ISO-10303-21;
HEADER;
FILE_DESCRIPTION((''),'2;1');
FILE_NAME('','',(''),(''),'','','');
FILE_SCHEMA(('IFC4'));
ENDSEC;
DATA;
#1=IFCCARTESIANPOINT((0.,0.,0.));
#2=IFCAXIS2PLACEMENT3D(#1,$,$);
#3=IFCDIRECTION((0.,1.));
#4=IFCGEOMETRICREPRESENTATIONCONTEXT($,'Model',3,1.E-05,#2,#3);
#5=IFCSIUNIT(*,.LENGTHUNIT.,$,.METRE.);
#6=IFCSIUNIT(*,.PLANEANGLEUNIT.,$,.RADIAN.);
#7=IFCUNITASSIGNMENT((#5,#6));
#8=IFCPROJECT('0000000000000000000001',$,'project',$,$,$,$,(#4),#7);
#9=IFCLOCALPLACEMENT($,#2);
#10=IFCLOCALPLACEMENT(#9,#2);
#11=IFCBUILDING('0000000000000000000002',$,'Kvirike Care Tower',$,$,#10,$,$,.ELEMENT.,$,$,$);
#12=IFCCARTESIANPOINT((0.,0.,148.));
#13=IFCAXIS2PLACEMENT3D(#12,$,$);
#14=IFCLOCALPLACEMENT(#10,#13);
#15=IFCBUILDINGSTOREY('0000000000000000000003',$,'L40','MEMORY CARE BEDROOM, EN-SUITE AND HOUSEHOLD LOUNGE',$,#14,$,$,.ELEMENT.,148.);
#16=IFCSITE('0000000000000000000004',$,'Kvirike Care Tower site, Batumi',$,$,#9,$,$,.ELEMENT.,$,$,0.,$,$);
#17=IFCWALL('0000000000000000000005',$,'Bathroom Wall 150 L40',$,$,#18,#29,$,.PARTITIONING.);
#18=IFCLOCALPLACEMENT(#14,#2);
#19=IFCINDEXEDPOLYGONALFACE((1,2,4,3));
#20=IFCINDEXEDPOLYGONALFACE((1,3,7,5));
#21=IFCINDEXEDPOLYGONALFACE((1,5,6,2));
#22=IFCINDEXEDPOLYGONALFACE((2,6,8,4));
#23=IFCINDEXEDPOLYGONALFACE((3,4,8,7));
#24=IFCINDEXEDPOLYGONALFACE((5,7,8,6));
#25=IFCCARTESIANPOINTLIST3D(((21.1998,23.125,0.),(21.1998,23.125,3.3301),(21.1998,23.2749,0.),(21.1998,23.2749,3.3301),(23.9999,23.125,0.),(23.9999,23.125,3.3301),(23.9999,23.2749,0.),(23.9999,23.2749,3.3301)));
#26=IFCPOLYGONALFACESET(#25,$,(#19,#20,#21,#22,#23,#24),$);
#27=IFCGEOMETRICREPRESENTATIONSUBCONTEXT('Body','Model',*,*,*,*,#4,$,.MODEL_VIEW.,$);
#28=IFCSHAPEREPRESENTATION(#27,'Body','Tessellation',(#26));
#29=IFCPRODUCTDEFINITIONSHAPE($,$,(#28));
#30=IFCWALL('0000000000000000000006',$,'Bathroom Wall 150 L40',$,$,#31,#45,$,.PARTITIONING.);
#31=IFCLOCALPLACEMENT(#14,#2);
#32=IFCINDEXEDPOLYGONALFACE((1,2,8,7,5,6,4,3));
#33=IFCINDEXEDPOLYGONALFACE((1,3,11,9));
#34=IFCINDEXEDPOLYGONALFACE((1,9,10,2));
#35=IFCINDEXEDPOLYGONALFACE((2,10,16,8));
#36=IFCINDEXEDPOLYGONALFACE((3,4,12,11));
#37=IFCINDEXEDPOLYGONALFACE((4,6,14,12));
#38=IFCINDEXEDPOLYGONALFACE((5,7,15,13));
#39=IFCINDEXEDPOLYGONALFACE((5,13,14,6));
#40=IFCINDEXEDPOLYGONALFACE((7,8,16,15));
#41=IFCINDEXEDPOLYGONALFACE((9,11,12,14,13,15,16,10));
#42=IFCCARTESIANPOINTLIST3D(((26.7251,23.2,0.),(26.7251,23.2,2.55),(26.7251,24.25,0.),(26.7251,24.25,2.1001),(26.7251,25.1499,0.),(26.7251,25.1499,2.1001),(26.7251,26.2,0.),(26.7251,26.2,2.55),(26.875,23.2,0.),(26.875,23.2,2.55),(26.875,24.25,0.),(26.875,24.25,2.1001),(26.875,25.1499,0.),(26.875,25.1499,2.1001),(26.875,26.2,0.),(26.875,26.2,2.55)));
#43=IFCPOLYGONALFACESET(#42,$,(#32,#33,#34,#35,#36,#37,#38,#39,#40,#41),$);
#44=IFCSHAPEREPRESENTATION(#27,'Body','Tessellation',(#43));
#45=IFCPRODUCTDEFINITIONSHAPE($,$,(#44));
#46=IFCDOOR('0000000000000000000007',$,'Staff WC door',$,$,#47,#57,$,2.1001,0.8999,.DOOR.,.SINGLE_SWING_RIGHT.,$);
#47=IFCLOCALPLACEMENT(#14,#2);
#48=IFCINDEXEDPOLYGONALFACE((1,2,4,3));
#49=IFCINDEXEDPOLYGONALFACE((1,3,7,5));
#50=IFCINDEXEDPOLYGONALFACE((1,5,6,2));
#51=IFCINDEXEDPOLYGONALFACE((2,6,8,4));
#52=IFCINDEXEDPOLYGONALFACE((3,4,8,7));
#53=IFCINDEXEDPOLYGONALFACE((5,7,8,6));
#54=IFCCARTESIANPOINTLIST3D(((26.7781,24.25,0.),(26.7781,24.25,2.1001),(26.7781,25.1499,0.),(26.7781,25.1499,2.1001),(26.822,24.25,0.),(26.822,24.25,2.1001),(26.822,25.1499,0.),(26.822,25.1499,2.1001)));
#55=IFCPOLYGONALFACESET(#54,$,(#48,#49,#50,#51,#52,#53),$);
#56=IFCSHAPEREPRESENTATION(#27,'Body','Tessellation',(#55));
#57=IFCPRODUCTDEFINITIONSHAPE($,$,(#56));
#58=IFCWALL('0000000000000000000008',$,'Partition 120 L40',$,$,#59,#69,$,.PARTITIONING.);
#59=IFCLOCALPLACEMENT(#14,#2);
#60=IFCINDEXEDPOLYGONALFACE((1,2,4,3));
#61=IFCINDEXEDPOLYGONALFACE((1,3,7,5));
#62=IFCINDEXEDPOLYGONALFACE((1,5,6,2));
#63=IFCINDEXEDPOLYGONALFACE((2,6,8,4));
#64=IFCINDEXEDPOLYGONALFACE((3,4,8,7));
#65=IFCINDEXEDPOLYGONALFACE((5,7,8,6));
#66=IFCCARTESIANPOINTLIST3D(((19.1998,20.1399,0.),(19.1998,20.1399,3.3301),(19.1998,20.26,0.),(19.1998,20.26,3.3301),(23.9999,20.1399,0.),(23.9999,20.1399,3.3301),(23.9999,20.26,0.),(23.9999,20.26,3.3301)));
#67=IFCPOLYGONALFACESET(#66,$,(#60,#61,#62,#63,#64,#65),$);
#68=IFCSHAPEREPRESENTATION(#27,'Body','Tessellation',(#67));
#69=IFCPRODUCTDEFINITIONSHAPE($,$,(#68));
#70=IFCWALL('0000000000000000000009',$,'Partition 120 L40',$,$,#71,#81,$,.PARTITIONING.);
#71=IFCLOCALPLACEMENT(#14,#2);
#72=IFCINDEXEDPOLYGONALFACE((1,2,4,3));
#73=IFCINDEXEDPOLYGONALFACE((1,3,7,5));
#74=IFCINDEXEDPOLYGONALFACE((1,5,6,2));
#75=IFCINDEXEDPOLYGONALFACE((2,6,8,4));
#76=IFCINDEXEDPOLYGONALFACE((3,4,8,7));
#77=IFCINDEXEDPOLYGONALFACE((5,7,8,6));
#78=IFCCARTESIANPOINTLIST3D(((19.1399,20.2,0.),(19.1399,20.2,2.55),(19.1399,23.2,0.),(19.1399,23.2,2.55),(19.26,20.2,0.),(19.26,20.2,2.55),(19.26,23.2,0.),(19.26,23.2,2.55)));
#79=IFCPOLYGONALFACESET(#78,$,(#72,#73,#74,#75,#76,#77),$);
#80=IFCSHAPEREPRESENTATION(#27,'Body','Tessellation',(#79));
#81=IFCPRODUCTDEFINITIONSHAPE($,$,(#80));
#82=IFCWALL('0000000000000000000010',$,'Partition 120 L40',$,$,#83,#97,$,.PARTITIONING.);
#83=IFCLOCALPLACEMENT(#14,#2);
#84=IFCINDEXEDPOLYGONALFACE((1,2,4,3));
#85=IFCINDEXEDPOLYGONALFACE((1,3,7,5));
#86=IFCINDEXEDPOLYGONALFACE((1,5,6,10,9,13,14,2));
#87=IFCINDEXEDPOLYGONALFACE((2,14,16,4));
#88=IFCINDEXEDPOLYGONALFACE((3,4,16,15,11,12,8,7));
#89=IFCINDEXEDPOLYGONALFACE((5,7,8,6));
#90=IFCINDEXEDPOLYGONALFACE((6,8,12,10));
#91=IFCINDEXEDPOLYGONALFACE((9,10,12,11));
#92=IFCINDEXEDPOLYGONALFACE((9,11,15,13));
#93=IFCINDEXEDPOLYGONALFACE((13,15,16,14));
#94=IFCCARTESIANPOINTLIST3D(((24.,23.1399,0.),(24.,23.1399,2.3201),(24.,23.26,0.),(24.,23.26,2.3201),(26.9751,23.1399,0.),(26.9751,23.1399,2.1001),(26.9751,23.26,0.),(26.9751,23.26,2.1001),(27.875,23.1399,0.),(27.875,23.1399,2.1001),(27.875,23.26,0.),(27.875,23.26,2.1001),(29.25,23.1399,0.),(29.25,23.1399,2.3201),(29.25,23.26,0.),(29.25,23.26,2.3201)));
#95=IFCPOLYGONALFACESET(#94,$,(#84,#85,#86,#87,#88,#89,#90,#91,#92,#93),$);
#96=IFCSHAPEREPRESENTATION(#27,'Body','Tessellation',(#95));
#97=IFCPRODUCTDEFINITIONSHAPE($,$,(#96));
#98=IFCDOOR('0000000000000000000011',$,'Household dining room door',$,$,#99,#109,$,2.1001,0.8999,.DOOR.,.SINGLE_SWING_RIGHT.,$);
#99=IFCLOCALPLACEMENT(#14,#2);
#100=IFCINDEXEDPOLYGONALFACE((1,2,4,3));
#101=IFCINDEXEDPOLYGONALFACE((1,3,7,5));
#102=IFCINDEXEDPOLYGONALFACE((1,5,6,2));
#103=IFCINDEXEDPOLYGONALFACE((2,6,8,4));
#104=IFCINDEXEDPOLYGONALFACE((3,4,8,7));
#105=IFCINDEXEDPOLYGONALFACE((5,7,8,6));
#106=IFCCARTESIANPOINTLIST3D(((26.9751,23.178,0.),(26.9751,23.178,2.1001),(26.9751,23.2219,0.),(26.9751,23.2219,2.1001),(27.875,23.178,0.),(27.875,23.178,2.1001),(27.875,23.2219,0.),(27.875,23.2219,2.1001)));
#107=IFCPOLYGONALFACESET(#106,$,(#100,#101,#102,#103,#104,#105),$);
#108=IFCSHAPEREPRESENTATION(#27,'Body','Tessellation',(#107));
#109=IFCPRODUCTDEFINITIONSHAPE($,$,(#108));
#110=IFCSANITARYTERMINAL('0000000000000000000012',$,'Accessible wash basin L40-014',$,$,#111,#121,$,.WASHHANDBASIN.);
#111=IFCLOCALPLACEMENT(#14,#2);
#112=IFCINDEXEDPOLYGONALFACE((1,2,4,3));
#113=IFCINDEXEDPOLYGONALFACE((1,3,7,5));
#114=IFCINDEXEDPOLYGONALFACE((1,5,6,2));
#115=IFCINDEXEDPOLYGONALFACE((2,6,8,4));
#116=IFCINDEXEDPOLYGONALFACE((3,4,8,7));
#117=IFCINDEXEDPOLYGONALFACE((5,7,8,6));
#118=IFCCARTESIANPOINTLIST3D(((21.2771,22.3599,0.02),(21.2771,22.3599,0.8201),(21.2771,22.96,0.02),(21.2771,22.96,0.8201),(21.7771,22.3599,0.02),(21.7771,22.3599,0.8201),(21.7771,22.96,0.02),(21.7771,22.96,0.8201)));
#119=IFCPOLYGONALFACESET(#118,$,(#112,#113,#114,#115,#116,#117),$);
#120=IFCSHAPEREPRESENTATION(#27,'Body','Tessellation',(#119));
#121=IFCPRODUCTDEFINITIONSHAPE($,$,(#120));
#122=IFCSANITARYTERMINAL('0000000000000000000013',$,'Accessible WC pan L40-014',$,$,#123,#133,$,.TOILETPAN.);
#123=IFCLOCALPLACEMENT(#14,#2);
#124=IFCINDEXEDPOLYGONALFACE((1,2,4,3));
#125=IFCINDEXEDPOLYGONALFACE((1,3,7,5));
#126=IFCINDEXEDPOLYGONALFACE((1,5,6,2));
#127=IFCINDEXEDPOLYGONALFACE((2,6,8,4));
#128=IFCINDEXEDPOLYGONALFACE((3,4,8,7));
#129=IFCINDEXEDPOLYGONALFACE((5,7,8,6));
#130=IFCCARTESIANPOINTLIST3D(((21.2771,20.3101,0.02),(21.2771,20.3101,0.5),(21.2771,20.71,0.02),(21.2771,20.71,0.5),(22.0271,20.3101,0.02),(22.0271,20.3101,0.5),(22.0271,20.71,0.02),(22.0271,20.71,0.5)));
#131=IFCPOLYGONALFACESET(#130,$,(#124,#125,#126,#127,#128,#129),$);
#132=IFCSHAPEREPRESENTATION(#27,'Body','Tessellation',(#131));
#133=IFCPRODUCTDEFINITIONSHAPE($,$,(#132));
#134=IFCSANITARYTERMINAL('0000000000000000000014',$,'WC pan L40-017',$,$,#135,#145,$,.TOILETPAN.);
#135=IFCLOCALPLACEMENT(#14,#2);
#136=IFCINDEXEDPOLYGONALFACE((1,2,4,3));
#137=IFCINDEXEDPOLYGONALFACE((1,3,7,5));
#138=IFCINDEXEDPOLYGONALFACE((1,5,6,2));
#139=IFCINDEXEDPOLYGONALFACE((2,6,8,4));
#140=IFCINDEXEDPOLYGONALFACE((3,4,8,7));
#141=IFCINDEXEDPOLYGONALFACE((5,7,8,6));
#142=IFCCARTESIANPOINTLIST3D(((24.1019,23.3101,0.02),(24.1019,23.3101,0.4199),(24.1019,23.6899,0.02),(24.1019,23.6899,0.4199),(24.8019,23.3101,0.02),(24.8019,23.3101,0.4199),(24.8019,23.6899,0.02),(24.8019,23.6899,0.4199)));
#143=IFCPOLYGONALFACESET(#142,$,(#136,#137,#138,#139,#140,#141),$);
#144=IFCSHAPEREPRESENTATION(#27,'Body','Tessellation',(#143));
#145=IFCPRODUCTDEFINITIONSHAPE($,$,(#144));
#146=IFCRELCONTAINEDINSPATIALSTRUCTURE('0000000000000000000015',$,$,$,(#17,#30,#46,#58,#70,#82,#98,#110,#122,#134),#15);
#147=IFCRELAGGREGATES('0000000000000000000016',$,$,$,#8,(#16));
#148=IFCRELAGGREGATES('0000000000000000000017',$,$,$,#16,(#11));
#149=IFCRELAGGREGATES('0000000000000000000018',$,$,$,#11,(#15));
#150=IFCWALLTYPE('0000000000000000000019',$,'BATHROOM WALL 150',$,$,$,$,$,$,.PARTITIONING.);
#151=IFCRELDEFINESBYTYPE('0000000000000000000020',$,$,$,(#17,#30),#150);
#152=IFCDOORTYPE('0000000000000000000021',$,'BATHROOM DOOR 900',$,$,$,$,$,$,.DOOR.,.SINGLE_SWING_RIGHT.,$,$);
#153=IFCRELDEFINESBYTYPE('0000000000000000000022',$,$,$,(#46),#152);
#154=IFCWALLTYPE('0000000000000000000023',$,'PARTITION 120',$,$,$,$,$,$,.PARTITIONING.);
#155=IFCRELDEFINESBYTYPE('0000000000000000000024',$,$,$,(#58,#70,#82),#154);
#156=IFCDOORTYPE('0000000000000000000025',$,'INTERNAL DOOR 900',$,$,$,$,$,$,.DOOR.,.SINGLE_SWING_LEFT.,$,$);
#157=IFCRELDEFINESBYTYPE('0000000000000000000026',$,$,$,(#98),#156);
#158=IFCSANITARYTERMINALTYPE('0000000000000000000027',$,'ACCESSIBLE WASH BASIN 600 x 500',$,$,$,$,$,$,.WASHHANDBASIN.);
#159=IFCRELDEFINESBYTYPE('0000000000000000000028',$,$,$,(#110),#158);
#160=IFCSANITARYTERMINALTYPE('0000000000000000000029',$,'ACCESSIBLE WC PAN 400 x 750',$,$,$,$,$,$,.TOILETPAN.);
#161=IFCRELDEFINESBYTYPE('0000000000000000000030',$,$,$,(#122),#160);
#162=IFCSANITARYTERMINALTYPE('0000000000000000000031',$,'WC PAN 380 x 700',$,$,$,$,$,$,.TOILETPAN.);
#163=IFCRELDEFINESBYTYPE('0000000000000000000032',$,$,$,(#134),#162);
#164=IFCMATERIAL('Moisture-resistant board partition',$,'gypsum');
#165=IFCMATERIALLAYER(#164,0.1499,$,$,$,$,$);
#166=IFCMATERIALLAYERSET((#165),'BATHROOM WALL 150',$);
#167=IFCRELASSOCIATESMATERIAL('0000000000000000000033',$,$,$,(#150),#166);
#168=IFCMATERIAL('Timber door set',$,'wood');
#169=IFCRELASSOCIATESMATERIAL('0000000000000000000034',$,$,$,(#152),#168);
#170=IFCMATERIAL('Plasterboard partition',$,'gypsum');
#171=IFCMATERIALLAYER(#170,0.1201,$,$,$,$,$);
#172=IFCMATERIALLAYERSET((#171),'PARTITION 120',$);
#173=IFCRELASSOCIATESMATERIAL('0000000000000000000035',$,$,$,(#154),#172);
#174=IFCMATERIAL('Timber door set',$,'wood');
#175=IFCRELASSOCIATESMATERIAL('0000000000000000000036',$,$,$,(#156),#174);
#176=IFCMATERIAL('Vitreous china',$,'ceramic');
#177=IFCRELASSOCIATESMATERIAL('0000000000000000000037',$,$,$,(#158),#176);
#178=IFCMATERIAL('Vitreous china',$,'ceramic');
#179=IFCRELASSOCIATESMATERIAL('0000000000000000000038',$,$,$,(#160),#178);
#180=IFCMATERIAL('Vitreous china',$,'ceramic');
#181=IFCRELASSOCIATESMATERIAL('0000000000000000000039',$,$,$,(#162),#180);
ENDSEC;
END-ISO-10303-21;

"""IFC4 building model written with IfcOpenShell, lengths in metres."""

from ifc_helpers import new_model, si_unit, direction, frame, frame_2d, origin, origin_2d, place, context, subcontext, project, spatial, rectangle, extrude, material, layer, layer_set, type_object, element, fill, save


model = new_model("IFC4")

# Units and contexts
model_context = context("Model", 3, precision=1e-05, world=origin(), true_north=direction((0.0, 1.0)))
body_context = subcontext(model_context, "Body", "Model", "MODEL_VIEW")
ifc_project = project(units=[si_unit("LENGTHUNIT", "METRE"), si_unit("PLANEANGLEUNIT", "RADIAN")], contexts=[model_context])

# Site, building, storey
site_placement = place(None, origin())
site = spatial("IfcSite", under=ifc_project, at=site_placement, Name="Kvirike Care Tower site, Batumi", CompositionType="ELEMENT", RefElevation=0.0)
building_placement = place(site_placement, origin())
building = spatial("IfcBuilding", under=site, at=building_placement, Name="Kvirike Care Tower", CompositionType="ELEMENT")
storey_placement = place(building_placement, frame((0.0, 0.0, 148.0)))
storey = spatial("IfcBuildingStorey", under=building, at=storey_placement, Name="L40", Description="MEMORY CARE BEDROOM, EN-SUITE AND HOUSEHOLD LOUNGE", CompositionType="ELEMENT", Elevation=148.0)

# Shared definitions
ifc_material_1 = material(Name="Moisture-resistant board partition", Category="gypsum")
ifc_layer_1 = layer(ifc_material_1, 0.1499)
ifc_layer_set_1 = layer_set([ifc_layer_1], Name="BATHROOM WALL 150")
wall_type_1 = type_object("IfcWallType", Name="BATHROOM WALL 150", PredefinedType="PARTITIONING", material=ifc_layer_set_1)
ifc_material_2 = material(Name="Timber door set", Category="wood")
door_type_1 = type_object("IfcDoorType", Name="BATHROOM DOOR 900", OperationType="SINGLE_SWING_RIGHT", PredefinedType="DOOR", material=ifc_material_2)

# Wall
wall_1_placement = place(storey_placement, frame((21.2, 23.2, 0.0), z_axis=(0.0, 0.0, 1.0), x_axis=(1.0, 0.0, 0.0)))
element("IfcWall", 1, at=wall_1_placement, inside=storey, type_object=wall_type_1, Name="Bathroom Wall 150 L40", PredefinedType="PARTITIONING", context=body_context, shape_type="SweptSolid", body=[
    extrude(rectangle(XDim=2.8, YDim=0.1499, at=frame_2d((1.3999, 0.0))), origin(), (0.0, 0.0, 1.0), 3.3301),
])

# Wall, opening, door
wall_2_placement = place(storey_placement, frame((26.8, 23.2, 0.0), z_axis=(0.0, 0.0, 1.0), x_axis=(0.0, 1.0, 0.0)))
wall_2 = element("IfcWall", 2, at=wall_2_placement, inside=storey, type_object=wall_type_1, Name="Bathroom Wall 150 L40", PredefinedType="PARTITIONING", context=body_context, shape_type="SweptSolid", body=[
    extrude(rectangle(XDim=3.0, YDim=0.1499, at=frame_2d((1.5, 0.0))), origin(), (0.0, 0.0, 1.0), 2.55),
])
opening_1_placement = place(wall_2_placement, frame((1.05, 0.0, 0.0)))
opening_1 = element("IfcOpeningElement", 3, at=opening_1_placement, cuts=wall_2, PredefinedType="OPENING", context=body_context, shape_type="SweptSolid", body=[
    extrude(rectangle(XDim=0.8999, YDim=2.1001, at=frame_2d((0.45, 1.05))), frame((0.0, 0.0854, 0.0), z_axis=(0.0, -1.0, 0.0), x_axis=(1.0, 0.0, 0.0)), (0.0, 0.0, 1.0), 0.1709),
])
door_1_placement = place(opening_1_placement, frame((0.8999, 0.0, 0.0), z_axis=(0.0, 0.0, 1.0), x_axis=(-1.0, 0.0, 0.0)))
door_1 = element("IfcDoor", 4, at=door_1_placement, inside=storey, type_object=door_type_1, Name="Staff WC door", OperationType="SINGLE_SWING_RIGHT", OverallHeight=2.1001, OverallWidth=0.8999, PredefinedType="DOOR", context=body_context, shape_type="SweptSolid", body=[
    extrude(rectangle(XDim=0.8999, YDim=2.1001, at=frame_2d((0.45, 1.05))), frame((0.0, 0.022, 0.0), z_axis=(0.0, -1.0, 0.0), x_axis=(1.0, 0.0, 0.0)), (0.0, 0.0, 1.0), 0.0439),
])
fill(opening_1, door_1)

# Walls
ifc_material_3 = material(Name="Plasterboard partition", Category="gypsum")
ifc_layer_2 = layer(ifc_material_3, 0.1201)
ifc_layer_set_2 = layer_set([ifc_layer_2], Name="PARTITION 120")
wall_type_2 = type_object("IfcWallType", Name="PARTITION 120", PredefinedType="PARTITIONING", material=ifc_layer_set_2)
wall_3_placement = place(storey_placement, frame((19.2, 20.2, 0.0), z_axis=(0.0, 0.0, 1.0), x_axis=(1.0, 0.0, 0.0)))
element("IfcWall", 5, at=wall_3_placement, inside=storey, type_object=wall_type_2, Name="Partition 120 L40", PredefinedType="PARTITIONING", context=body_context, shape_type="SweptSolid", body=[
    extrude(rectangle(XDim=4.8, YDim=0.1201, at=frame_2d((2.3999, 0.0))), origin(), (0.0, 0.0, 1.0), 3.3301),
])
wall_4_placement = place(storey_placement, frame((19.2, 20.2, 0.0), z_axis=(0.0, 0.0, 1.0), x_axis=(0.0, 1.0, 0.0)))
element("IfcWall", 6, at=wall_4_placement, inside=storey, type_object=wall_type_2, Name="Partition 120 L40", PredefinedType="PARTITIONING", context=body_context, shape_type="SweptSolid", body=[
    extrude(rectangle(XDim=3.0, YDim=0.1201, at=frame_2d((1.5, 0.0))), origin(), (0.0, 0.0, 1.0), 2.55),
])

# Wall, opening, door
wall_5_placement = place(storey_placement, frame((24.0, 23.2, 0.0), z_axis=(0.0, 0.0, 1.0), x_axis=(1.0, 0.0, 0.0)))
wall_5 = element("IfcWall", 7, at=wall_5_placement, inside=storey, type_object=wall_type_2, Name="Partition 120 L40", PredefinedType="PARTITIONING", context=body_context, shape_type="SweptSolid", body=[
    extrude(rectangle(XDim=5.25, YDim=0.1201, at=frame_2d((2.625, 0.0))), origin(), (0.0, 0.0, 1.0), 2.3201),
])
opening_2_placement = place(wall_5_placement, frame((2.9751, 0.0, 0.0)))
opening_2 = element("IfcOpeningElement", 8, at=opening_2_placement, cuts=wall_5, PredefinedType="OPENING", context=body_context, shape_type="SweptSolid", body=[
    extrude(rectangle(XDim=0.8999, YDim=2.1001, at=frame_2d((0.45, 1.05))), frame((0.0, 0.0706, 0.0), z_axis=(0.0, -1.0, 0.0), x_axis=(1.0, 0.0, 0.0)), (0.0, 0.0, 1.0), 0.1411),
])
ifc_material_4 = material(Name="Timber door set", Category="wood")
door_type_2 = type_object("IfcDoorType", Name="INTERNAL DOOR 900", OperationType="SINGLE_SWING_LEFT", PredefinedType="DOOR", material=ifc_material_4)
door_2_placement = place(opening_2_placement, origin())
door_2 = element("IfcDoor", 9, at=door_2_placement, inside=storey, type_object=door_type_2, Name="Household dining room door", OperationType="SINGLE_SWING_RIGHT", OverallHeight=2.1001, OverallWidth=0.8999, PredefinedType="DOOR", context=body_context, shape_type="SweptSolid", body=[
    extrude(rectangle(XDim=0.8999, YDim=2.1001, at=frame_2d((0.45, 1.05))), frame((0.0, 0.022, 0.0), z_axis=(0.0, -1.0, 0.0), x_axis=(1.0, 0.0, 0.0)), (0.0, 0.0, 1.0), 0.0439),
])
fill(opening_2, door_2)

# Sanitary terminals
ifc_material_5 = material(Name="Vitreous china", Category="ceramic")
sanitary_terminal_type_1 = type_object("IfcSanitaryTerminalType", Name="ACCESSIBLE WASH BASIN 600 x 500", PredefinedType="WASHHANDBASIN", material=ifc_material_5)
sanitary_terminal_1_placement = place(storey_placement, frame((21.5271, 22.6599, 0.02), z_axis=(0.0, 0.0, 1.0), x_axis=(0.0, 1.0, 0.0)))
element("IfcSanitaryTerminal", 10, at=sanitary_terminal_1_placement, inside=storey, type_object=sanitary_terminal_type_1, Name="Accessible wash basin L40-014", PredefinedType="WASHHANDBASIN", context=body_context, shape_type="SweptSolid", body=[
    extrude(rectangle(XDim=0.6001, YDim=0.5, at=origin_2d()), origin(), (0.0, 0.0, 1.0), 0.8),
])
ifc_material_6 = material(Name="Vitreous china", Category="ceramic")
sanitary_terminal_type_2 = type_object("IfcSanitaryTerminalType", Name="ACCESSIBLE WC PAN 400 x 750", PredefinedType="TOILETPAN", material=ifc_material_6)
sanitary_terminal_2_placement = place(storey_placement, frame((21.6521, 20.51, 0.02), z_axis=(0.0, 0.0, 1.0), x_axis=(0.0, 1.0, 0.0)))
element("IfcSanitaryTerminal", 11, at=sanitary_terminal_2_placement, inside=storey, type_object=sanitary_terminal_type_2, Name="Accessible WC pan L40-014", PredefinedType="TOILETPAN", context=body_context, shape_type="SweptSolid", body=[
    extrude(rectangle(XDim=0.3999, YDim=0.75, at=origin_2d()), origin(), (0.0, 0.0, 1.0), 0.48),
])
ifc_material_7 = material(Name="Vitreous china", Category="ceramic")
sanitary_terminal_type_3 = type_object("IfcSanitaryTerminalType", Name="WC PAN 380 x 700", PredefinedType="TOILETPAN", material=ifc_material_7)
sanitary_terminal_3_placement = place(storey_placement, frame((24.4519, 23.5, 0.02), z_axis=(0.0, 0.0, 1.0), x_axis=(0.0, 1.0, 0.0)))
element("IfcSanitaryTerminal", 12, at=sanitary_terminal_3_placement, inside=storey, type_object=sanitary_terminal_type_3, Name="WC pan L40-017", PredefinedType="TOILETPAN", context=body_context, shape_type="SweptSolid", body=[
    extrude(rectangle(XDim=0.3799, YDim=0.7, at=origin_2d()), origin(), (0.0, 0.0, 1.0), 0.3999),
])

save(model, "model.ifc")
